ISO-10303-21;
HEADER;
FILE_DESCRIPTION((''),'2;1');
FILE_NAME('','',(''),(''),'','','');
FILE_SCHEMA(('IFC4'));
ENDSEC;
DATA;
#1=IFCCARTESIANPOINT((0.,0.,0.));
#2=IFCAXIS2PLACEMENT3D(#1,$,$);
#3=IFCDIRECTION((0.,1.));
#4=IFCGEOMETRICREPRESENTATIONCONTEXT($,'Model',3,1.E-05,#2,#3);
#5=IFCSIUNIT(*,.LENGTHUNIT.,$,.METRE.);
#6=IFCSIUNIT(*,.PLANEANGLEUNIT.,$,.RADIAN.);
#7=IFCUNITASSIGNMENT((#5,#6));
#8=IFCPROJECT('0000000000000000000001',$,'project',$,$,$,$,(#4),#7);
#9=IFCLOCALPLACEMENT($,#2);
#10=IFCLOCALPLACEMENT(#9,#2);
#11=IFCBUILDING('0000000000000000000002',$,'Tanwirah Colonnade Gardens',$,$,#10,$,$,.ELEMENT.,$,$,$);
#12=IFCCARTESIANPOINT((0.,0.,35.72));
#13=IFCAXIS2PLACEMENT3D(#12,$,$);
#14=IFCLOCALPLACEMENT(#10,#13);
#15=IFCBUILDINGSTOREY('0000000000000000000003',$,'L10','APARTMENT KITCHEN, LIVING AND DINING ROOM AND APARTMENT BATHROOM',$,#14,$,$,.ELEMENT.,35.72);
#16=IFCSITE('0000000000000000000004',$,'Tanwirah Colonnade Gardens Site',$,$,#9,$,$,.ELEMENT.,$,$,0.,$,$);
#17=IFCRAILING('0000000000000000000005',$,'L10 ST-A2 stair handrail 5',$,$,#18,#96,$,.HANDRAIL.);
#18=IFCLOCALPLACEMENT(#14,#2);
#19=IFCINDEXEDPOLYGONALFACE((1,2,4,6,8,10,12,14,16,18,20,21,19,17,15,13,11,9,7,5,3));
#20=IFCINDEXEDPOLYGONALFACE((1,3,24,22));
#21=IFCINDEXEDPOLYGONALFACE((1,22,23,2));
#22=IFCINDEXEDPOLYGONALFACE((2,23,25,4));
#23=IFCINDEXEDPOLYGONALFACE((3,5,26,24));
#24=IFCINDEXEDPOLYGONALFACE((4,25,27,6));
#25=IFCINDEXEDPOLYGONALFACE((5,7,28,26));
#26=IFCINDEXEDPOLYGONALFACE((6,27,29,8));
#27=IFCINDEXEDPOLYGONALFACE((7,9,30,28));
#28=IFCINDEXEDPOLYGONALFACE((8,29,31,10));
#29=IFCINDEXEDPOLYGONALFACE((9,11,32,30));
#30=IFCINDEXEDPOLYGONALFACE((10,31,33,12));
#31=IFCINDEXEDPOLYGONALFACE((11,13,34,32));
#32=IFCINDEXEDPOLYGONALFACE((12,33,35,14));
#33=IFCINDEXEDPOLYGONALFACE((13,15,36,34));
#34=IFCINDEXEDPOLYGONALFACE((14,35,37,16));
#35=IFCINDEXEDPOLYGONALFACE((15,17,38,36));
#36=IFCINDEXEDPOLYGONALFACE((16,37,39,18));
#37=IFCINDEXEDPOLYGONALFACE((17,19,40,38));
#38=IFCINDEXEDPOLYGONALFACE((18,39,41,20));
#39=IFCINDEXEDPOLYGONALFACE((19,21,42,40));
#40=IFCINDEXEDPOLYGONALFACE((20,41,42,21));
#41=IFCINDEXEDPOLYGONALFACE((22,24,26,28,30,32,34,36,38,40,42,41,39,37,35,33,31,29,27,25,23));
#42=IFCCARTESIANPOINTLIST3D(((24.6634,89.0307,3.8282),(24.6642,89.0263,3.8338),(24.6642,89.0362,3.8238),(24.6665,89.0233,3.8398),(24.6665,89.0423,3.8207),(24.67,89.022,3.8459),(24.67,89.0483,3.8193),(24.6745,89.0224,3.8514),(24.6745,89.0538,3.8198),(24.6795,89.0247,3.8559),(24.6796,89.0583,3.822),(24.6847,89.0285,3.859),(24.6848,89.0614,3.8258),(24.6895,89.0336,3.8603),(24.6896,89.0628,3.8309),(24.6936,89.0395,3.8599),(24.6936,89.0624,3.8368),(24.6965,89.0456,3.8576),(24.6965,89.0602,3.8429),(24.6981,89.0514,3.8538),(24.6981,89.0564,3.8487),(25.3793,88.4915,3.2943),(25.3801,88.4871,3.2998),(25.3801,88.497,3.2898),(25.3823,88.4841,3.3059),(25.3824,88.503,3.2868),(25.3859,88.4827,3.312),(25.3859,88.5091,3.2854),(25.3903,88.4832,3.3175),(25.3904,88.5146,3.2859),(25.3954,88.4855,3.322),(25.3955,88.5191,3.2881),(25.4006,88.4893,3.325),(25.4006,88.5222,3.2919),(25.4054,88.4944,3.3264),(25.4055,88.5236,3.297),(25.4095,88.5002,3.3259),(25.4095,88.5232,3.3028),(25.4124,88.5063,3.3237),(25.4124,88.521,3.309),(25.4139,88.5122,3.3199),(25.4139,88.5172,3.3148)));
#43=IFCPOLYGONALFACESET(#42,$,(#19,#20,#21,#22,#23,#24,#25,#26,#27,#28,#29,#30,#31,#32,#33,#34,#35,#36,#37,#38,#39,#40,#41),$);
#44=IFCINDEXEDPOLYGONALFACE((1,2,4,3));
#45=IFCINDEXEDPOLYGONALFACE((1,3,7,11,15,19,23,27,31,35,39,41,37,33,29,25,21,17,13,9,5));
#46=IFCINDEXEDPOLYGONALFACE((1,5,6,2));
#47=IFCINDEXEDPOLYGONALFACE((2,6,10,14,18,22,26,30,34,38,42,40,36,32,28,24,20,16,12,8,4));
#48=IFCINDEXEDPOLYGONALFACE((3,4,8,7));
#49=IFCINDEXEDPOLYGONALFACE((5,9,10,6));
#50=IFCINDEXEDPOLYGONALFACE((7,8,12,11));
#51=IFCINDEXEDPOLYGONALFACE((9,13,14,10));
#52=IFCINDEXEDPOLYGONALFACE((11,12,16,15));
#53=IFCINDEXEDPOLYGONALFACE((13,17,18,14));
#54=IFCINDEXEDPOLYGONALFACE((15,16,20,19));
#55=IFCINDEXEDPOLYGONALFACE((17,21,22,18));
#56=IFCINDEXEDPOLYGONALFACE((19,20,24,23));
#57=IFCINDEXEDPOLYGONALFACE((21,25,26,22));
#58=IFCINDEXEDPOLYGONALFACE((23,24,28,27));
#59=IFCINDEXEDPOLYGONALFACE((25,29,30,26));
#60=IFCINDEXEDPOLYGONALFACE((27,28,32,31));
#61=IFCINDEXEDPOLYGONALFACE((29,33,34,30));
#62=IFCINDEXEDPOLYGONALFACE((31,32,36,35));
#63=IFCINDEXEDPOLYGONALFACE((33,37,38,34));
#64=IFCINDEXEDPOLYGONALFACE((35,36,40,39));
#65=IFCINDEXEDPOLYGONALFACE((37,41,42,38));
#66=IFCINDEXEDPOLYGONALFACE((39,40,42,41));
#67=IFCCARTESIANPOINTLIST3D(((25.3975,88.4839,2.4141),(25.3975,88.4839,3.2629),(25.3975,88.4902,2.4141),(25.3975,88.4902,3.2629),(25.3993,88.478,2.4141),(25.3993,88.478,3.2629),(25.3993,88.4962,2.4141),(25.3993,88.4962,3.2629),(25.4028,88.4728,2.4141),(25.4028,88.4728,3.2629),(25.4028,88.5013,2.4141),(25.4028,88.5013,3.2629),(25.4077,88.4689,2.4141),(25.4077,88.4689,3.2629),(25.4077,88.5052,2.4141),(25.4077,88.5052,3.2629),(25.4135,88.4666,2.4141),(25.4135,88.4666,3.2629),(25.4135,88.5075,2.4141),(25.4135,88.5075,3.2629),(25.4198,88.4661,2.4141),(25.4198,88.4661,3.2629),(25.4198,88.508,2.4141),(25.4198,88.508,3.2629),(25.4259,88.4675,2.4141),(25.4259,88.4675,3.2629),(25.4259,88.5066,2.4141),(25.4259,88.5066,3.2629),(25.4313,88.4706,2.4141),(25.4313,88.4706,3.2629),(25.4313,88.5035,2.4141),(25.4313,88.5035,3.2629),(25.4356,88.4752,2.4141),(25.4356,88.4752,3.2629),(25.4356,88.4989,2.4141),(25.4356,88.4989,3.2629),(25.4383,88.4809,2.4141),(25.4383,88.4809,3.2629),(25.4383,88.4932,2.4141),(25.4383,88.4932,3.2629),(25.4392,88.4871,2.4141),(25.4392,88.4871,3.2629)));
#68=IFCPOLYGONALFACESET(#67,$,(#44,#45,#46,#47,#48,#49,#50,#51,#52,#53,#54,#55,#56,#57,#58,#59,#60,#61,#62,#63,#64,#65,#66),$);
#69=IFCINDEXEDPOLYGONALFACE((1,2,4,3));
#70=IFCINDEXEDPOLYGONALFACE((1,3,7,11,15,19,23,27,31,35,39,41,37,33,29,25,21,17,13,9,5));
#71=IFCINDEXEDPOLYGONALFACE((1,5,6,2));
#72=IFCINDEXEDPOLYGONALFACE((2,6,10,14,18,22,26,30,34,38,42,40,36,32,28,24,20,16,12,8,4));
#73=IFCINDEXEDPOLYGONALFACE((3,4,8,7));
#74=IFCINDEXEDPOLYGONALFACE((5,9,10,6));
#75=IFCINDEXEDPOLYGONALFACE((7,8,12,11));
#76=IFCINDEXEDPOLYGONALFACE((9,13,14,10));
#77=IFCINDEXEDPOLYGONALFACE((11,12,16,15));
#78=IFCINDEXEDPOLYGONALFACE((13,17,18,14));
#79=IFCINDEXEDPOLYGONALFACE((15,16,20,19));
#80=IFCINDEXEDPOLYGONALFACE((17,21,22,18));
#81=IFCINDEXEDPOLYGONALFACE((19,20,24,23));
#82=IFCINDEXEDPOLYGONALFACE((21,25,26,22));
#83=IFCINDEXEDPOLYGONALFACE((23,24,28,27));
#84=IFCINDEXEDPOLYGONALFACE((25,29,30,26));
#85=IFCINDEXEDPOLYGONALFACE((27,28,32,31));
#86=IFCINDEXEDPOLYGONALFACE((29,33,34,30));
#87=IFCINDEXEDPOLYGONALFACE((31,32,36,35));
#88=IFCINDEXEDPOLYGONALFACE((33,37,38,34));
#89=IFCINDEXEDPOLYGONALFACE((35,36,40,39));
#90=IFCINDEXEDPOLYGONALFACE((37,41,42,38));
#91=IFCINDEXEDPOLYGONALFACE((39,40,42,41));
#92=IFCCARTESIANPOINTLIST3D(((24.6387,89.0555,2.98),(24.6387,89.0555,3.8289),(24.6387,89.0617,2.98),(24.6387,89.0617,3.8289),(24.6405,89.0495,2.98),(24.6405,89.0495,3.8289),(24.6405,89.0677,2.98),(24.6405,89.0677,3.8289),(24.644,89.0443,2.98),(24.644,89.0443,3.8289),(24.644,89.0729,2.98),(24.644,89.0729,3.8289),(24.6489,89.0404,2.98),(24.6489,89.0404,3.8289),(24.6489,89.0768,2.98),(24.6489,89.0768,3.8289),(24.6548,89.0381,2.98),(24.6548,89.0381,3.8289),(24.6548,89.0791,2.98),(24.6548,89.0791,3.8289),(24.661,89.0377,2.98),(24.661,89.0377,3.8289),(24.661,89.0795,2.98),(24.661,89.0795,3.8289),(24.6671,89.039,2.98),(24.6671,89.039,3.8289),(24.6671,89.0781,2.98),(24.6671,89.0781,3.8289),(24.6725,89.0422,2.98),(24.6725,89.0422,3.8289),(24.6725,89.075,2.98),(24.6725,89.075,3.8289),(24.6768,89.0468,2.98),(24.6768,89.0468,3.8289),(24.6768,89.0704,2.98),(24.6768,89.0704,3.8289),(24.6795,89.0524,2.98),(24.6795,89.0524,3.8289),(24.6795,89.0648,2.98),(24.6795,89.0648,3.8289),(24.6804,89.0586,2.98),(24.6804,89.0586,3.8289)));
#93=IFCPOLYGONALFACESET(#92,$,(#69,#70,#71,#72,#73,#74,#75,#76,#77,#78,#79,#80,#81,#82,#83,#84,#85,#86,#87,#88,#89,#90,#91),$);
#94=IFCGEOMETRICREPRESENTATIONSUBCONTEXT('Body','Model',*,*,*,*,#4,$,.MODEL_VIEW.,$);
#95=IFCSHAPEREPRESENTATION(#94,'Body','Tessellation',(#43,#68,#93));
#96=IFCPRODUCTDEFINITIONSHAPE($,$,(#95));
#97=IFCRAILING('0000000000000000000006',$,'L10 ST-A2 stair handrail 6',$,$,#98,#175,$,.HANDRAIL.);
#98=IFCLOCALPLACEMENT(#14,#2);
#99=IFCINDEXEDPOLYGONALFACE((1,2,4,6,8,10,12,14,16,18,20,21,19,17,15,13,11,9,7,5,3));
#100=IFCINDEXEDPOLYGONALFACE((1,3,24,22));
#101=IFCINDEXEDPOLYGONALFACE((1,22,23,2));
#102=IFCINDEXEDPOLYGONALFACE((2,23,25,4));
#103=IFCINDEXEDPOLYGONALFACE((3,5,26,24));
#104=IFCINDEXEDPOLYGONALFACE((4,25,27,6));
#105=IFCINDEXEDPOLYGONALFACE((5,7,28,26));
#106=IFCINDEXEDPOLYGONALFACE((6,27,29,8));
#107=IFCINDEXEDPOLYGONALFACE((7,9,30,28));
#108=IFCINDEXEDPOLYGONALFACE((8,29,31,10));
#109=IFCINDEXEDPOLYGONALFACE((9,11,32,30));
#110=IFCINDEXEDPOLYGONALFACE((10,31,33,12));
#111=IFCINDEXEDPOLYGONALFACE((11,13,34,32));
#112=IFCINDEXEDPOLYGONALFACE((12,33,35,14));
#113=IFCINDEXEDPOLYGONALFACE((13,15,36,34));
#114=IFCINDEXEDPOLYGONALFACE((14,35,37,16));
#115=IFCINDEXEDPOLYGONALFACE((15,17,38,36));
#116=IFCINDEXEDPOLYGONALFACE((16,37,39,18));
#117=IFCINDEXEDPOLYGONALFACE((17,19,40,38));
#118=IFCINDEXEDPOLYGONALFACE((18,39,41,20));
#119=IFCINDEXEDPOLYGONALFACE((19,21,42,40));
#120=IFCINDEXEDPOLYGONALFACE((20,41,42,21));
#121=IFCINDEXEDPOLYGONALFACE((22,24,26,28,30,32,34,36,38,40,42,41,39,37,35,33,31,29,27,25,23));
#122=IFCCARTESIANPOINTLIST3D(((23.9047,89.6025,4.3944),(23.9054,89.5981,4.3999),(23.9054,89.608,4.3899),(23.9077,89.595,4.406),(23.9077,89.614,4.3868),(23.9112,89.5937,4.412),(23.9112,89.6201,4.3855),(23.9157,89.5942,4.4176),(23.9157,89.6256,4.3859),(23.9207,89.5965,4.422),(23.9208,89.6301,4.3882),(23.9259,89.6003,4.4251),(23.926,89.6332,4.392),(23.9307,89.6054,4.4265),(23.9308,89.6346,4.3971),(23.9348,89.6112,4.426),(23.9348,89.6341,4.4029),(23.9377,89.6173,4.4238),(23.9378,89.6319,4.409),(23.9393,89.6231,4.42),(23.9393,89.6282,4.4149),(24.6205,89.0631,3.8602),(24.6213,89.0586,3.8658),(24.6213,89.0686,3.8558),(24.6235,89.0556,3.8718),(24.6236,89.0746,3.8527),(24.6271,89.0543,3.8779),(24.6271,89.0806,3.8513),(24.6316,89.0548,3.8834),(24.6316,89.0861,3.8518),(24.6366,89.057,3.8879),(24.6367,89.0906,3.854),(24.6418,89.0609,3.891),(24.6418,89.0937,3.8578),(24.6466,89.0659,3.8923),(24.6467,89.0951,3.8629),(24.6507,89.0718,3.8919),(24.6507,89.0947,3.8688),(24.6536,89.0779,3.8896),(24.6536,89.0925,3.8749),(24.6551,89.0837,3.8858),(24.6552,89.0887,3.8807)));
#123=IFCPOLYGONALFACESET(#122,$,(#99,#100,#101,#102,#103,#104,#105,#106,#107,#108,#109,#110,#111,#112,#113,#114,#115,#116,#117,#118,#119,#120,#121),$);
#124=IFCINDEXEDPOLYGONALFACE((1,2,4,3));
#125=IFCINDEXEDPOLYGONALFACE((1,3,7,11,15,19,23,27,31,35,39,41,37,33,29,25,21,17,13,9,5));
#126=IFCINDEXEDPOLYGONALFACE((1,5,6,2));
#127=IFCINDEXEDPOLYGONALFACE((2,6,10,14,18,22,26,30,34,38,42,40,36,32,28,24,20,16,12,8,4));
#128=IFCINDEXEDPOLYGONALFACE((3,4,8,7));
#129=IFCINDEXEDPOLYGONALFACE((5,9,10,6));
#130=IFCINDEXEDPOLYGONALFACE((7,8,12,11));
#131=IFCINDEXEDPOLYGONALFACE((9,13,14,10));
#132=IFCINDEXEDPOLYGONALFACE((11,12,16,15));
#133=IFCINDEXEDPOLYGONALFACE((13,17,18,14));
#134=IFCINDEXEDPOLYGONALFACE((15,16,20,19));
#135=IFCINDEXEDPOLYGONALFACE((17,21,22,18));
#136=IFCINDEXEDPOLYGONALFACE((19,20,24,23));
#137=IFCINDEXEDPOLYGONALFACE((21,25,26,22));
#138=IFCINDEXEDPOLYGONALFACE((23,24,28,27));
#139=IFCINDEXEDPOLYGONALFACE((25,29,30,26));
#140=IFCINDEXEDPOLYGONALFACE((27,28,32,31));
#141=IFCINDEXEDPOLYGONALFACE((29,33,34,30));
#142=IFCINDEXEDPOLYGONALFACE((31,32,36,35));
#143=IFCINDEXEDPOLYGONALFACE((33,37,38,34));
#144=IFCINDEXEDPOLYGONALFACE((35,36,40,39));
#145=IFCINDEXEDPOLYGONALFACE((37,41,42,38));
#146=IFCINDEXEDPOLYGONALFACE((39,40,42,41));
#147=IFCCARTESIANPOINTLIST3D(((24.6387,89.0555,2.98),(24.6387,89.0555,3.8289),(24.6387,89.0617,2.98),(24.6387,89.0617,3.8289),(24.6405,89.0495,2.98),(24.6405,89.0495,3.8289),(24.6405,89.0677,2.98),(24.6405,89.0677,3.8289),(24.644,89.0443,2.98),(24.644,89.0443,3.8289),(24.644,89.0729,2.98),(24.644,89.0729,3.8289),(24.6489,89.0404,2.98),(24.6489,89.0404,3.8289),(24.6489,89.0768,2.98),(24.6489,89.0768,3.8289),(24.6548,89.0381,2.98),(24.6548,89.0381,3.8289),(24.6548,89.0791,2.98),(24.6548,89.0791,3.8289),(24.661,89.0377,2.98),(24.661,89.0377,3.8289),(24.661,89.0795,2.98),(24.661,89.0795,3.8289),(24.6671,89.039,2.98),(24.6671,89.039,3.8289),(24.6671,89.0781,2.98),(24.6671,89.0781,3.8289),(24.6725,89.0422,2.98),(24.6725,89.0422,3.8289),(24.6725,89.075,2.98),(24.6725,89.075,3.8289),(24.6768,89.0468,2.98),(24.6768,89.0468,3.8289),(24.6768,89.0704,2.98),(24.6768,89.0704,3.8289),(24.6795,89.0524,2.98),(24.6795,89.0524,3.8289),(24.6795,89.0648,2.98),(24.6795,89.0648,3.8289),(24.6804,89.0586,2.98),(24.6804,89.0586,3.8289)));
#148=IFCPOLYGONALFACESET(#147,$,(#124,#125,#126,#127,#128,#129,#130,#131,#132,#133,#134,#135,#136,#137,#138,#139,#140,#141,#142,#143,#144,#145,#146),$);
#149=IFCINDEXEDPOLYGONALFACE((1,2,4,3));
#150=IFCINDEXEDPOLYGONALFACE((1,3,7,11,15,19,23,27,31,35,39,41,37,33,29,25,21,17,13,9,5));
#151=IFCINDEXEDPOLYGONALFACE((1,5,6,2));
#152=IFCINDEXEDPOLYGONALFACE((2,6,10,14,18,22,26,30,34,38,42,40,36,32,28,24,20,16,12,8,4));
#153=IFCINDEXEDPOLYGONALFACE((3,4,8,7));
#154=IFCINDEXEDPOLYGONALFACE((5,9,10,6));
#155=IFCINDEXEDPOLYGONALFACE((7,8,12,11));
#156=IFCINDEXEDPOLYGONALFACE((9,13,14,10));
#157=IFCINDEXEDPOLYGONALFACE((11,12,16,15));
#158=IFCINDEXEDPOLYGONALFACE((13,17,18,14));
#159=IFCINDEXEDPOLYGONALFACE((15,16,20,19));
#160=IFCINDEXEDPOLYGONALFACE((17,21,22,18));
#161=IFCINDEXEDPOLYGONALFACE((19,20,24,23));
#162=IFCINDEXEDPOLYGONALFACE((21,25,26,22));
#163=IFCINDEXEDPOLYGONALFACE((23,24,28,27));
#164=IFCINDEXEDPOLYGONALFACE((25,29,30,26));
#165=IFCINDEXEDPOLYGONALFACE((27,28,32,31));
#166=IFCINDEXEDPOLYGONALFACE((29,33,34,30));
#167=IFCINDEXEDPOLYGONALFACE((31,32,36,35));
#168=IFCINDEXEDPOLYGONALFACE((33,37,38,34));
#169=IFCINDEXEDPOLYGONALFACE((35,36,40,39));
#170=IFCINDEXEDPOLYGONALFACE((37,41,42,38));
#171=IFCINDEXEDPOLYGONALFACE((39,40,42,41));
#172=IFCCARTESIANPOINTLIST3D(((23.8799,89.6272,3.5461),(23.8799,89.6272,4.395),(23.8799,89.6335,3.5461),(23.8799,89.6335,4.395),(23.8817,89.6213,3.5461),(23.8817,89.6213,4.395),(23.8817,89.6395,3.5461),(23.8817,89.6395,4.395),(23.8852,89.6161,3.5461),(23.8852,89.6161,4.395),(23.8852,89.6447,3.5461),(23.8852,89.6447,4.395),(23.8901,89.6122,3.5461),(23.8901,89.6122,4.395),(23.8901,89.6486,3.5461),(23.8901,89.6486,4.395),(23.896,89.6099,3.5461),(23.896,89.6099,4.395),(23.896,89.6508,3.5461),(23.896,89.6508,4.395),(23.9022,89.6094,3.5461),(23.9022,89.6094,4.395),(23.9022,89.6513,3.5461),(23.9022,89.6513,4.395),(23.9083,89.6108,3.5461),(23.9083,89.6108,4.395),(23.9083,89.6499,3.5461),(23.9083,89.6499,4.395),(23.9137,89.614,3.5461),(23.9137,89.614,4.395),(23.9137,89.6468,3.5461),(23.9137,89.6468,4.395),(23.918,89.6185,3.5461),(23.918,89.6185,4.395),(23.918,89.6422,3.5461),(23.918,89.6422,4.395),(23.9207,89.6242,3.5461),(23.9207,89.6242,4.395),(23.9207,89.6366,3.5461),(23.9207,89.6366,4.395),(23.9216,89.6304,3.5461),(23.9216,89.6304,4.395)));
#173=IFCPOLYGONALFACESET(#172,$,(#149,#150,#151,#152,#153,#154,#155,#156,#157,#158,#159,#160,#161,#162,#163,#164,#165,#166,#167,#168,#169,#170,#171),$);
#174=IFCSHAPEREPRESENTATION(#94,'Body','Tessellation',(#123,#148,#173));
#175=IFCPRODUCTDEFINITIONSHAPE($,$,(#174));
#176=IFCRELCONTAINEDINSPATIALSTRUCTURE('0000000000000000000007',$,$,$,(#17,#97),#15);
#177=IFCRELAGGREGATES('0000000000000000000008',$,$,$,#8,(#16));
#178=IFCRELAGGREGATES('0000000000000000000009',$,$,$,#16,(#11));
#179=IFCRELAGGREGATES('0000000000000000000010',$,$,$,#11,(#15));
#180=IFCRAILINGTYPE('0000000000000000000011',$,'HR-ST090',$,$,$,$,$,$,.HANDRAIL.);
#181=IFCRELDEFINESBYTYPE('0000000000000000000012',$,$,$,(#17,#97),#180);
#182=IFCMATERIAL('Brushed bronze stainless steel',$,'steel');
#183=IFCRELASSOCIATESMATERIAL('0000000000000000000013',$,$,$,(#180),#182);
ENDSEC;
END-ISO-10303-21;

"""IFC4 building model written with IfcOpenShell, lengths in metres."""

from ifc_helpers import new_model, si_unit, direction, frame, origin, origin_2d, place, context, subcontext, project, spatial, circle, extrude, material, type_object, element, save


model = new_model("IFC4")

# Units and contexts
model_context = context("Model", 3, precision=1e-05, world=origin(), true_north=direction((0.0, 1.0)))
body_context = subcontext(model_context, "Body", "Model", "MODEL_VIEW")
ifc_project = project(units=[si_unit("LENGTHUNIT", "METRE"), si_unit("PLANEANGLEUNIT", "RADIAN")], contexts=[model_context])

# Site, building, storey
site_placement = place(None, origin())
site = spatial("IfcSite", under=ifc_project, at=site_placement, Name="Tanwirah Colonnade Gardens Site", CompositionType="ELEMENT", RefElevation=0.0)
building_placement = place(site_placement, origin())
building = spatial("IfcBuilding", under=site, at=building_placement, Name="Tanwirah Colonnade Gardens", CompositionType="ELEMENT")
storey_placement = place(building_placement, frame((0.0, 0.0, 35.72)))
storey = spatial("IfcBuildingStorey", under=building, at=storey_placement, Name="L10", Description="APARTMENT KITCHEN, LIVING AND DINING ROOM AND APARTMENT BATHROOM", CompositionType="ELEMENT", Elevation=35.72)

# Railings
ifc_material_1 = material(Name="Brushed bronze stainless steel", Category="steel")
railing_type_1 = type_object("IfcRailingType", Name="HR-ST090", PredefinedType="HANDRAIL", material=ifc_material_1)
railing_1_placement = place(storey_placement, frame((25.4182, 88.4871, 2.4141)))
element("IfcRailing", 1, at=railing_1_placement, inside=storey, type_object=railing_type_1, Name="L10 ST-A2 stair handrail 5", PredefinedType="HANDRAIL", context=body_context, shape_type="SweptSolid", body=[
    extrude(circle(Radius=0.0239, at=origin_2d()), frame((-0.0215, 0.0161, 0.8918), z_axis=(-0.686224, 0.516876, 0.511797), x_axis=(-0.601644, -0.798765, 0.0)), (0.0, 0.0, 1.0), 1.0432),
    extrude(circle(Radius=0.021, at=origin_2d()), origin(), (0.0, 0.0, 1.0), 0.8489),
    extrude(circle(Radius=0.021, at=origin_2d()), frame((-0.7588, 0.5715, 0.5659)), (0.0, 0.0, 1.0), 0.8489),
])
railing_2_placement = place(storey_placement, frame((24.6594, 89.0586, 2.98)))
element("IfcRailing", 2, at=railing_2_placement, inside=storey, type_object=railing_type_1, Name="L10 ST-A2 stair handrail 6", PredefinedType="HANDRAIL", context=body_context, shape_type="SweptSolid", body=[
    extrude(circle(Radius=0.0239, at=origin_2d()), frame((-0.0215, 0.0161, 0.8918), z_axis=(-0.686068, 0.516979, 0.511902), x_axis=(-0.601807, -0.798641, 0.0)), (0.0, 0.0, 1.0), 1.0435),
    extrude(circle(Radius=0.021, at=origin_2d()), origin(), (0.0, 0.0, 1.0), 0.8489),
    extrude(circle(Radius=0.021, at=origin_2d()), frame((-0.7588, 0.5718, 0.5662)), (0.0, 0.0, 1.0), 0.8489),
])

save(model, "model.ifc")
